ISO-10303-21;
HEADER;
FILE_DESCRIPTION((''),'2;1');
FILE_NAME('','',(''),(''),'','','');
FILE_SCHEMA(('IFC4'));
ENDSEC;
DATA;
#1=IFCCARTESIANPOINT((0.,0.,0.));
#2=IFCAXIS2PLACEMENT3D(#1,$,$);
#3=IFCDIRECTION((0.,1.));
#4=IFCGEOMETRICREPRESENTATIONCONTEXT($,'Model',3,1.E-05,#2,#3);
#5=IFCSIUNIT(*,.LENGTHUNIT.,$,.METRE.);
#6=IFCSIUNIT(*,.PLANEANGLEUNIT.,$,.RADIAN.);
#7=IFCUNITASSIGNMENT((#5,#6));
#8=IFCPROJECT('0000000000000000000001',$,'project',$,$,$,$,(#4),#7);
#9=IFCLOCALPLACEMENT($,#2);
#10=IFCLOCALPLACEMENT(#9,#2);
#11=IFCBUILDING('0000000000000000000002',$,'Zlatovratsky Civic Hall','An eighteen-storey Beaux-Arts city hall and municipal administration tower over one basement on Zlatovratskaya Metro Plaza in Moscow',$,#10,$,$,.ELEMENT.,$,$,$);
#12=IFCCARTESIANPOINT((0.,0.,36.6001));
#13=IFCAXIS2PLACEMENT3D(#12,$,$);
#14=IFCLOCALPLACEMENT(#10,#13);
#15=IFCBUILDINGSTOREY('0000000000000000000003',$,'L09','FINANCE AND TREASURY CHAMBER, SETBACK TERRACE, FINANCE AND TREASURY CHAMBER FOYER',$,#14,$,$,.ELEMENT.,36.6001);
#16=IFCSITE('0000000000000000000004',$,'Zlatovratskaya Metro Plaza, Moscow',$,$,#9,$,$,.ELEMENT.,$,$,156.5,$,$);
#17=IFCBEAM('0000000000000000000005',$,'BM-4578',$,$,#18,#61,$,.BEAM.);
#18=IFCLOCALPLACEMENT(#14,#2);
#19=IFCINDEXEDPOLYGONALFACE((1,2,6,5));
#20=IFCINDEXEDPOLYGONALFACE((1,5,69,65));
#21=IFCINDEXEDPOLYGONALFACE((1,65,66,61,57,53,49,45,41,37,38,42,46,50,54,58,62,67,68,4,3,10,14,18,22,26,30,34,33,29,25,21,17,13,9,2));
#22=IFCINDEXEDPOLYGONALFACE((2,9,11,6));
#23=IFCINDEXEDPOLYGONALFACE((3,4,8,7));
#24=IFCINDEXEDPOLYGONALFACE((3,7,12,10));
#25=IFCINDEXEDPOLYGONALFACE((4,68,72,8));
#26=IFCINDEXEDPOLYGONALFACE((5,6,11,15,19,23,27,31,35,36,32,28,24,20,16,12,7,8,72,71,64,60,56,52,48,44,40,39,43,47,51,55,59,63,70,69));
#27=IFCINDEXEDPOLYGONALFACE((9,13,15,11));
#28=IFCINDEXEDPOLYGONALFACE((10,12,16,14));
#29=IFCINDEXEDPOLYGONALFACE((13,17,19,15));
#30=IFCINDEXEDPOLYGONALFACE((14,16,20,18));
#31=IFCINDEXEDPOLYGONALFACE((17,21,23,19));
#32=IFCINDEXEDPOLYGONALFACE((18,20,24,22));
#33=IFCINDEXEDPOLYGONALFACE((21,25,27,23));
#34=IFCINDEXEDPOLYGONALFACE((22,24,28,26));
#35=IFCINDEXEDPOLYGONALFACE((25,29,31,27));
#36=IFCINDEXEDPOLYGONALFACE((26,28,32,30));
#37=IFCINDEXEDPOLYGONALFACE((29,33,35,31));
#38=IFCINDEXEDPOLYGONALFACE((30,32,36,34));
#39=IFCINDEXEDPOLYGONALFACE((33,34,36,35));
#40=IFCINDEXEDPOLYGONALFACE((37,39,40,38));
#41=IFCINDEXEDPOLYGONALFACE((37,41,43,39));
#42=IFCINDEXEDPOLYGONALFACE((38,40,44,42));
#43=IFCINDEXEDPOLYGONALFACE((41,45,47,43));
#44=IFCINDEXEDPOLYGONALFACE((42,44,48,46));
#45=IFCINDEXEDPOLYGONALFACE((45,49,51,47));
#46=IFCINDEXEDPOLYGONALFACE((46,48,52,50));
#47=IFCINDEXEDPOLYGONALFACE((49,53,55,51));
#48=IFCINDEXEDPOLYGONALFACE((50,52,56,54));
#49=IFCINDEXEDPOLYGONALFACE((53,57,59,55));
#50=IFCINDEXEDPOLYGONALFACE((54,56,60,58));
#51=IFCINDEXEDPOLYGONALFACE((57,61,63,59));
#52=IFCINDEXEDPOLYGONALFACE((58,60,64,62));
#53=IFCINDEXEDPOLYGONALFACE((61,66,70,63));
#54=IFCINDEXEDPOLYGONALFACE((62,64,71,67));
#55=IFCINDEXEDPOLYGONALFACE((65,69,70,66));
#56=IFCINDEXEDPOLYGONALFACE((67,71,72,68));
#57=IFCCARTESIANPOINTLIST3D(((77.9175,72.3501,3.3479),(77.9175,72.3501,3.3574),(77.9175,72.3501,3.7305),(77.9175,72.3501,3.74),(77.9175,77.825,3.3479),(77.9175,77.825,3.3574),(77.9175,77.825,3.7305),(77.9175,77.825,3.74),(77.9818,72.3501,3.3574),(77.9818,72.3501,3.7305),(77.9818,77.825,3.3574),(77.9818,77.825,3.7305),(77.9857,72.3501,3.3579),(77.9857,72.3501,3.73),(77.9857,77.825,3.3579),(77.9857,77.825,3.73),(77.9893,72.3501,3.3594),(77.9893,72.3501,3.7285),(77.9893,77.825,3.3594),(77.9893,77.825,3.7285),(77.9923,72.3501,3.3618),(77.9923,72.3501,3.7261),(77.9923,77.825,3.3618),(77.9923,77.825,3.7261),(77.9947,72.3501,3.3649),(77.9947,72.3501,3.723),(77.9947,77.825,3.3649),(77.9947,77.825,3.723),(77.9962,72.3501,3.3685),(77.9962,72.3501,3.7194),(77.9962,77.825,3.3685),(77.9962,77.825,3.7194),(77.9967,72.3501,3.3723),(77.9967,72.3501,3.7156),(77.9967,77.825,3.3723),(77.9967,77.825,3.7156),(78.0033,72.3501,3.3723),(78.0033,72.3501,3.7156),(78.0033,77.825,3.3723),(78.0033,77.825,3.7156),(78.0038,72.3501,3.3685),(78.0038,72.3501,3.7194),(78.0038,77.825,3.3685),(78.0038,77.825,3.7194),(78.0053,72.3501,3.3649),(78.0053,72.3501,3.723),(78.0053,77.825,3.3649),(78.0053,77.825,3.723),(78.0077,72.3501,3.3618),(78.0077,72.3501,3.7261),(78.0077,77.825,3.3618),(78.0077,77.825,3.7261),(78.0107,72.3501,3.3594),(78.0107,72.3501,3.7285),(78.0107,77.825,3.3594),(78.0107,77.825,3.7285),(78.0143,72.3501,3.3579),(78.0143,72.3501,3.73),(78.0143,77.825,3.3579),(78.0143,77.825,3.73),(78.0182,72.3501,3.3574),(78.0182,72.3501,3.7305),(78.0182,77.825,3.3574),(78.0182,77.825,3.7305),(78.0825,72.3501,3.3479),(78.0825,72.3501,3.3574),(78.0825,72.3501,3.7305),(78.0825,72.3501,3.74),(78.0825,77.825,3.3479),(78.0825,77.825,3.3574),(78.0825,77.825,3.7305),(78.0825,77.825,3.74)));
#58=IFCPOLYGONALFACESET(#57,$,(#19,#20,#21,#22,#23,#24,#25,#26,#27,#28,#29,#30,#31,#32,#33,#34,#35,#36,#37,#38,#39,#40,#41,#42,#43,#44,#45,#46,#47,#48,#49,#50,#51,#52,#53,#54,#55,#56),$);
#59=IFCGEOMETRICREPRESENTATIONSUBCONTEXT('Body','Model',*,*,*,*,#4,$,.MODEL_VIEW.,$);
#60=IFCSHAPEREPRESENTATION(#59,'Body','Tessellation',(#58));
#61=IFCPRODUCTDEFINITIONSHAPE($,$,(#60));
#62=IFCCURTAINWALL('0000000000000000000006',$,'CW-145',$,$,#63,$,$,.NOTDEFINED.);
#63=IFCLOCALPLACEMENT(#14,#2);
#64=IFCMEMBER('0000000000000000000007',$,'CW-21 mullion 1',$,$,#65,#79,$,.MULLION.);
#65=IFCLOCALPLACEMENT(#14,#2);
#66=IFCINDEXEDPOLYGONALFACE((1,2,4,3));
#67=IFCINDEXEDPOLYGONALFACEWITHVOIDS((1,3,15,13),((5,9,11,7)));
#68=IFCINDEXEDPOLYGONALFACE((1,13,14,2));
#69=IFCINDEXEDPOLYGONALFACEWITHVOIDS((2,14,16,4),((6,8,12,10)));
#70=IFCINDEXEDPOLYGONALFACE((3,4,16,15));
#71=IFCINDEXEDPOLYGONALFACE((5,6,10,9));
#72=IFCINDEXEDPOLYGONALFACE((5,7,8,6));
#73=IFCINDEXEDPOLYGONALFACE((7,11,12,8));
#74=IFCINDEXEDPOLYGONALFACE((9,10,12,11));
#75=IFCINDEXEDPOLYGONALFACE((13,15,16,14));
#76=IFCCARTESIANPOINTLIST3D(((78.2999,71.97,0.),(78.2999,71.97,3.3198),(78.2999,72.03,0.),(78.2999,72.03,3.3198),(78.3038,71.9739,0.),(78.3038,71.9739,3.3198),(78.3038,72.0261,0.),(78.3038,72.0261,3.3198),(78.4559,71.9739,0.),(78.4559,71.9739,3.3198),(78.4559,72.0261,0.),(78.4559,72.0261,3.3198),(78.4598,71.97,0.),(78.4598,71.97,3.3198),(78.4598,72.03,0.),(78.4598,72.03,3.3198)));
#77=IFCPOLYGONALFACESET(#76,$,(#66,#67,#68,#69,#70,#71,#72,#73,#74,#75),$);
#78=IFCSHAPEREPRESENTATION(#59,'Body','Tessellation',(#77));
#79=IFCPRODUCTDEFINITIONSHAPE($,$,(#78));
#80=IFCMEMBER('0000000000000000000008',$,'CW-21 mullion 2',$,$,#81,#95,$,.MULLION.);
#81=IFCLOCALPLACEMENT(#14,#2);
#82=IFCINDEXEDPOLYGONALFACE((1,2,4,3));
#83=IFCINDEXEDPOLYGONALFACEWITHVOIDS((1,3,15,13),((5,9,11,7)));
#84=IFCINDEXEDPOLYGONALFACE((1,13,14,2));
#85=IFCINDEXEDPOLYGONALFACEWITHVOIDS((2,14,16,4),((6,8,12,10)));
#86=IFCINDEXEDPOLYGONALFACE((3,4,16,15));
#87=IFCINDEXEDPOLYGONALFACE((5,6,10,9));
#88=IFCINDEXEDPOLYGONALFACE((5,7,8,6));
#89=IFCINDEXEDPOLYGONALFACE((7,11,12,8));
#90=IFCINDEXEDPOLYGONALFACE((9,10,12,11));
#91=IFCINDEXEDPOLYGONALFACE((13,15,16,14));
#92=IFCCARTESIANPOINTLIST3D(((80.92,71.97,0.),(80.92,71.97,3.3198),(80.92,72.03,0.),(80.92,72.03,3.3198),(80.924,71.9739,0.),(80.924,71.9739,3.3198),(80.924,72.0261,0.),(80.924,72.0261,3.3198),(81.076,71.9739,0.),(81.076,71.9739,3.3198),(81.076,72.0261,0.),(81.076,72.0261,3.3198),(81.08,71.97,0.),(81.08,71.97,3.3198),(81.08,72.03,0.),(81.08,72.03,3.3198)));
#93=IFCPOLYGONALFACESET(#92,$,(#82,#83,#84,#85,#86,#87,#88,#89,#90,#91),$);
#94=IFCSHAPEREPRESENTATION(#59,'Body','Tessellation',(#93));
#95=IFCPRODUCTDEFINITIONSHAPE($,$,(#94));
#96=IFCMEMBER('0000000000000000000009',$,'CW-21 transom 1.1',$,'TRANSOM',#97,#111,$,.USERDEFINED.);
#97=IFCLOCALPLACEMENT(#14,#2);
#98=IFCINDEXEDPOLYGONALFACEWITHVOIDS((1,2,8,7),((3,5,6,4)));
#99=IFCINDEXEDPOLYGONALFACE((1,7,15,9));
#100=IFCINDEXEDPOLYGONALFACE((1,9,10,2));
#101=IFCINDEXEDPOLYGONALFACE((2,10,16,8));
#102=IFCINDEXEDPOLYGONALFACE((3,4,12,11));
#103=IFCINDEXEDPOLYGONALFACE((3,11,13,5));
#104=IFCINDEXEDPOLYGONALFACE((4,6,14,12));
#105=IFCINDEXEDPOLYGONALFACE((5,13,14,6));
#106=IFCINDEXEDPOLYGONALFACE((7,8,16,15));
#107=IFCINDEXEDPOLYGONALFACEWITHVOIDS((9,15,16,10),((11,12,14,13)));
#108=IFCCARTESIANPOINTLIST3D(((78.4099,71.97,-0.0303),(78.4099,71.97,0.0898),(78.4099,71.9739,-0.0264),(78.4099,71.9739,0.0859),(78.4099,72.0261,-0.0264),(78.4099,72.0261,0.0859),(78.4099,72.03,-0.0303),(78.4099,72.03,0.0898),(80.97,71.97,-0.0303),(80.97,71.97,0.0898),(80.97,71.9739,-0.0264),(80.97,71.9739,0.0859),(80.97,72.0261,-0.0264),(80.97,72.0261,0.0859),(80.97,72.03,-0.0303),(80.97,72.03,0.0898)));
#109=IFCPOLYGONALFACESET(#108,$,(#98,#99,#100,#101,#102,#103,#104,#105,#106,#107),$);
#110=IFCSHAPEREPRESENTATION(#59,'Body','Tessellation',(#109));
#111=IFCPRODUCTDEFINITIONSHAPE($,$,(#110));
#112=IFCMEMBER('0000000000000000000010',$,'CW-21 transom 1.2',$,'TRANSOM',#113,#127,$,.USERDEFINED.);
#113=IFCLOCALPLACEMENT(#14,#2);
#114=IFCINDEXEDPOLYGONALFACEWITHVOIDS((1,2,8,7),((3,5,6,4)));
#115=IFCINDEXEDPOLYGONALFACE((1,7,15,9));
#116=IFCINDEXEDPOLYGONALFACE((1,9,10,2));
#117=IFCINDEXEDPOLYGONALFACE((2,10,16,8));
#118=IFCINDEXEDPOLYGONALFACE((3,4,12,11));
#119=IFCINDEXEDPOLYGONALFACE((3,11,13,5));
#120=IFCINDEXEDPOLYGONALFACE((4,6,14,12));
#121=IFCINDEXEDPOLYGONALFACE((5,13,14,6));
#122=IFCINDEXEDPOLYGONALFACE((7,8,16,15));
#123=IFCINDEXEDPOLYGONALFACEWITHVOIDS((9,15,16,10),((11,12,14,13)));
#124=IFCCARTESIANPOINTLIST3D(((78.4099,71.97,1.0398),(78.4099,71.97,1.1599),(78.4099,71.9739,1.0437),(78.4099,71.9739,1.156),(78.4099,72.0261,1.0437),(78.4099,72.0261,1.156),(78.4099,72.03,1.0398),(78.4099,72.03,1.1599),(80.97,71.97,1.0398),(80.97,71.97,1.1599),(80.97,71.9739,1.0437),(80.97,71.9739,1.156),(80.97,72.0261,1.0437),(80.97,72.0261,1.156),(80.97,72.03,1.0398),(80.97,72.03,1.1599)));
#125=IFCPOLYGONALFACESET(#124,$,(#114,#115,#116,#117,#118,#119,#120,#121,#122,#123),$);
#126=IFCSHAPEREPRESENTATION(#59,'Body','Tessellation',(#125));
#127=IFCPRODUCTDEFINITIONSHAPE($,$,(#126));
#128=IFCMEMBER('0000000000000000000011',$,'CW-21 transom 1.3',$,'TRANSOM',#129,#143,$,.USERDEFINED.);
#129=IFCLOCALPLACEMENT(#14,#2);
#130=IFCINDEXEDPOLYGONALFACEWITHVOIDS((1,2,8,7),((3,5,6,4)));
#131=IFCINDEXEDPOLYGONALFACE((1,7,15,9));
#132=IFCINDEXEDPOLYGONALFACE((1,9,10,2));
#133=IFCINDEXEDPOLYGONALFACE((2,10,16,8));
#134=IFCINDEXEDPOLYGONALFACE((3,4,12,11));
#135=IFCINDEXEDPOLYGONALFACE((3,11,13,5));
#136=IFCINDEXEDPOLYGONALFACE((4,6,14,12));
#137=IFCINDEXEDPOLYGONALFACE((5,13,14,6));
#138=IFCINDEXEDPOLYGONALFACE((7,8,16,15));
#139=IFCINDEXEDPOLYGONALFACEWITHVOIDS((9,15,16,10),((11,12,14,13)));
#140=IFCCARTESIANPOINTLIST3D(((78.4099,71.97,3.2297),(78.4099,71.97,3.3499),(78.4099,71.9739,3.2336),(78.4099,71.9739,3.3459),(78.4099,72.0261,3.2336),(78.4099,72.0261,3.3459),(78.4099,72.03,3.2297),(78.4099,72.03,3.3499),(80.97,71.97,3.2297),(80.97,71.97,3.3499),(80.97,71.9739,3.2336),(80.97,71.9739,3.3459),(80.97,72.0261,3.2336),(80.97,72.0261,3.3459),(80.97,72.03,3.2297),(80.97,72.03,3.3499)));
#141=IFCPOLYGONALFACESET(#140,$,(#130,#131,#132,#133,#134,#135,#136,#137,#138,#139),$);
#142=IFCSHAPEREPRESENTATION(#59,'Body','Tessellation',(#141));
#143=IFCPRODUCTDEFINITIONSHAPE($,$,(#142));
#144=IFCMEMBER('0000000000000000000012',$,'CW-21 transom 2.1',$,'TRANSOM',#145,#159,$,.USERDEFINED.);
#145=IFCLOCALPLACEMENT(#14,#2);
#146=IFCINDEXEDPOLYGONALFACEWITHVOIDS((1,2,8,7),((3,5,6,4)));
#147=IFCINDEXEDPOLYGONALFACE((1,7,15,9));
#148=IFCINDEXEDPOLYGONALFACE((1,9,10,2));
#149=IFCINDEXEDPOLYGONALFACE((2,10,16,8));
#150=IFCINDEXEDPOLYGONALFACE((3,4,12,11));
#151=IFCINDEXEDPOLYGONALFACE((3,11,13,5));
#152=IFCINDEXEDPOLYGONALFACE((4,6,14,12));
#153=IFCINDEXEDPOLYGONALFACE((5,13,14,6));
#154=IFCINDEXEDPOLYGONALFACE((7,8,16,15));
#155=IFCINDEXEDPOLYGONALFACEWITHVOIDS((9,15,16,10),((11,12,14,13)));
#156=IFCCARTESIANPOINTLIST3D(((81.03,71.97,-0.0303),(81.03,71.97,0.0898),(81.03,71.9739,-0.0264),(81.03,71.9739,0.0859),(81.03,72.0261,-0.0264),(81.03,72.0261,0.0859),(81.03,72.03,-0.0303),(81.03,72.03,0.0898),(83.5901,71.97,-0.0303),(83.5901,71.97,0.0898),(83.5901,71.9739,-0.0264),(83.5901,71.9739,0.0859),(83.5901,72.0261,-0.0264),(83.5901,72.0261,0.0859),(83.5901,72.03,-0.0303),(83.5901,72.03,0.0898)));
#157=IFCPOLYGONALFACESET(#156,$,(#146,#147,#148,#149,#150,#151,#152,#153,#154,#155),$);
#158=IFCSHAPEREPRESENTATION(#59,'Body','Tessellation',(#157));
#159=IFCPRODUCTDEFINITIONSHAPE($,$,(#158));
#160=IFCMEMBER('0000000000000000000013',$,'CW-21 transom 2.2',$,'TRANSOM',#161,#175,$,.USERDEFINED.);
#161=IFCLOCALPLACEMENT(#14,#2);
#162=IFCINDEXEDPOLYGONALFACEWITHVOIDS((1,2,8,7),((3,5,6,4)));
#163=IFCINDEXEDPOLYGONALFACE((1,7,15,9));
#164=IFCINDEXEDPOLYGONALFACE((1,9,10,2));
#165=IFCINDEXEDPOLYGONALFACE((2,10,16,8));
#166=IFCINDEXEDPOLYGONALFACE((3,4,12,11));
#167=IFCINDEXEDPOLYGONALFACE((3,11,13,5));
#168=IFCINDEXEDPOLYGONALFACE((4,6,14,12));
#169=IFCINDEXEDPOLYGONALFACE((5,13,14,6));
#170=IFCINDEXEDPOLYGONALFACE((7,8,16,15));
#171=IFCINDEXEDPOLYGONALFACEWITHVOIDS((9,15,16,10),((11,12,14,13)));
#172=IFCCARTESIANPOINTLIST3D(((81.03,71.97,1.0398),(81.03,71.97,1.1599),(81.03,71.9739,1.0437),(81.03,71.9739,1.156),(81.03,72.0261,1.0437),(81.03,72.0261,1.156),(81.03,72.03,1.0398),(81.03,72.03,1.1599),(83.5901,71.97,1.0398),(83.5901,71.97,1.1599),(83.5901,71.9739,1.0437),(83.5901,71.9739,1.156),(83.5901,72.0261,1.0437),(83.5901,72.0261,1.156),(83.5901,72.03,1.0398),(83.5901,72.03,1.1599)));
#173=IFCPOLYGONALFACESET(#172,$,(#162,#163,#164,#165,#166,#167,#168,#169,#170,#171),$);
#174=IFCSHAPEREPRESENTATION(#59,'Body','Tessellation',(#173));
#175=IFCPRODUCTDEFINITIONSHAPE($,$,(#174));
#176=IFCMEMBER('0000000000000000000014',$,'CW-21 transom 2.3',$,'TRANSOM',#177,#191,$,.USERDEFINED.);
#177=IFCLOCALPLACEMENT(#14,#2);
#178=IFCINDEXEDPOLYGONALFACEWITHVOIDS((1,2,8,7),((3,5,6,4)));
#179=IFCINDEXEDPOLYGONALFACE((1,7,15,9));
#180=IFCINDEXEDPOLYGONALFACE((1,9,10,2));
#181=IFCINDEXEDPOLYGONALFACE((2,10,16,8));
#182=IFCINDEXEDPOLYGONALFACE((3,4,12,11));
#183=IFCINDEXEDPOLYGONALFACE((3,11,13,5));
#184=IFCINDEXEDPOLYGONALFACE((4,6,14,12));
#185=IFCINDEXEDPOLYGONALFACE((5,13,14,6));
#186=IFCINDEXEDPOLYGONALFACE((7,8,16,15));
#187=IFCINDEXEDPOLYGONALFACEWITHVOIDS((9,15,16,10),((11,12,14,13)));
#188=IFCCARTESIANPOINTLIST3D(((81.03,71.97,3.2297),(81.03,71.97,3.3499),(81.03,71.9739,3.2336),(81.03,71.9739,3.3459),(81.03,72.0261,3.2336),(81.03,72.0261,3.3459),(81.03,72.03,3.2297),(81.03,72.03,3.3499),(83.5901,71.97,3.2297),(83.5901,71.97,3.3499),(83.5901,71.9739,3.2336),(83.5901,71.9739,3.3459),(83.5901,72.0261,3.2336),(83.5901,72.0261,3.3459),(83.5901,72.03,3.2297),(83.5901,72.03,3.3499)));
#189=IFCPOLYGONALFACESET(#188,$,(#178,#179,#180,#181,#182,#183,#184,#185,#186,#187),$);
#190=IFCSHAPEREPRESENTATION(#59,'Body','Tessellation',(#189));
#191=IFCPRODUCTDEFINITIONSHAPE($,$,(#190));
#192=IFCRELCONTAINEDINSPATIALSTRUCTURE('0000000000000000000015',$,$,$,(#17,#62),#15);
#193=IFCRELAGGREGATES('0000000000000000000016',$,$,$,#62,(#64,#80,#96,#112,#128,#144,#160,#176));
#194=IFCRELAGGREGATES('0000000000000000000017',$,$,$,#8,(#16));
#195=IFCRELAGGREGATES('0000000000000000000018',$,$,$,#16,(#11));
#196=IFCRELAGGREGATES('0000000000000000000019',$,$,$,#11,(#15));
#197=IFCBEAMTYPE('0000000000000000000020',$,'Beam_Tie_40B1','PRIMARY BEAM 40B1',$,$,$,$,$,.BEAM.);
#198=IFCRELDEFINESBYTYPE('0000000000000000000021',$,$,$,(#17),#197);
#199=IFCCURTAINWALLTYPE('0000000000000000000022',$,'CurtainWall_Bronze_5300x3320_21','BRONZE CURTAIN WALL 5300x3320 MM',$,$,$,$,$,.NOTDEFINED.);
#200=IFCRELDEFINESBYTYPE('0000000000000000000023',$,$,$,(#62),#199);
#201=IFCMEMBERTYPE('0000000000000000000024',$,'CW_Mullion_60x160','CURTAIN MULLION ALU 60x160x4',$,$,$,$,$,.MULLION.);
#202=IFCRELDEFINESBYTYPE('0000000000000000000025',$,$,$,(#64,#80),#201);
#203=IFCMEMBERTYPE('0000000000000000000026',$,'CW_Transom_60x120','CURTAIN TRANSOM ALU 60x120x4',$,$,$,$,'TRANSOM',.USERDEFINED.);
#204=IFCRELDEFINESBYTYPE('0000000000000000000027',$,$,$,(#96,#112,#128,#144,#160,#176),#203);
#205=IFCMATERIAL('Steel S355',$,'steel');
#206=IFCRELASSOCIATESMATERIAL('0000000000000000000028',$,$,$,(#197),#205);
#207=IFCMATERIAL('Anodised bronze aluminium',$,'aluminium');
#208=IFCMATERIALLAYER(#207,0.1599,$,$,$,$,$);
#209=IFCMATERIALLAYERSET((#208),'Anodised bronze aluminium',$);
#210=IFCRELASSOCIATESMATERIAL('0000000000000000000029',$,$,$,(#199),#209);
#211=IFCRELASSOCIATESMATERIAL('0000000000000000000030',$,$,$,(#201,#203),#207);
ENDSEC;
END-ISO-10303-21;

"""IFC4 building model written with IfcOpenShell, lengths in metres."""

from ifc_helpers import new_model, si_unit, direction, frame, origin, origin_2d, place, context, subcontext, project, spatial, hollow_rectangle, i_section, extrude, material, layer, layer_set, material_profile, profile_set, type_object, element, aggregate, save


model = new_model("IFC4")

# Units and contexts
model_context = context("Model", 3, precision=1e-05, world=origin(), true_north=direction((0.0, 1.0)))
body_context = subcontext(model_context, "Body", "Model", "MODEL_VIEW")
ifc_project = project(units=[si_unit("LENGTHUNIT", "METRE"), si_unit("PLANEANGLEUNIT", "RADIAN")], contexts=[model_context])

# Site, building, storey
site_placement = place(None, origin())
site = spatial("IfcSite", under=ifc_project, at=site_placement, Name="Zlatovratskaya Metro Plaza, Moscow", CompositionType="ELEMENT", RefElevation=156.5)
building_placement = place(site_placement, origin())
building = spatial("IfcBuilding", under=site, at=building_placement, Name="Zlatovratsky Civic Hall", Description="An eighteen-storey Beaux-Arts city hall and municipal administration tower over one basement on Zlatovratskaya Metro Plaza in Moscow", CompositionType="ELEMENT")
storey_placement = place(building_placement, frame((0.0, 0.0, 36.6001)))
storey = spatial("IfcBuildingStorey", under=building, at=storey_placement, Name="L09", Description="FINANCE AND TREASURY CHAMBER, SETBACK TERRACE, FINANCE AND TREASURY CHAMBER FOYER", CompositionType="ELEMENT", Elevation=36.6001)

# Beam
ifc_material_1 = material(Name="Steel S355", Category="steel")
ifc_material_profile_1 = material_profile(ifc_material_1, i_section(OverallWidth=0.165, OverallDepth=0.3921, WebThickness=0.0066, FlangeThickness=0.0095, FilletRadius=0.0149, at=origin_2d()), Name="40B1")
ifc_profile_set_1 = profile_set([ifc_material_profile_1], Name="Steel S355")
beam_type_1 = type_object("IfcBeamType", Name="Beam_Tie_40B1", Description="PRIMARY BEAM 40B1", PredefinedType="BEAM", material=ifc_profile_set_1)
for number, where, z_axis, x_axis, name in (
    (1, (78.0, 72.3501, 3.5439), (0.0, 1.0, 0.0), (-1.0, 0.0, 0.0), "BM-4578"),
):
    element("IfcBeam", number, at=place(storey_placement, frame(where, z_axis=z_axis, x_axis=x_axis)), inside=storey, type_object=beam_type_1, Name=name, PredefinedType="BEAM", context=body_context, shape_type="SweptSolid", body=[
        extrude(i_section(OverallWidth=0.165, OverallDepth=0.3921, WebThickness=0.0066, FlangeThickness=0.0095, FilletRadius=0.0149, at=origin_2d()), origin(), (0.0, 0.0, 1.0), 5.4749),
    ])

# Curtain wall, members
ifc_material_2 = material(Name="Anodised bronze aluminium", Category="aluminium")
ifc_layer_1 = layer(ifc_material_2, 0.1599)
ifc_layer_set_1 = layer_set([ifc_layer_1], Name="Anodised bronze aluminium")
curtain_wall_type = type_object("IfcCurtainWallType", Name="CurtainWall_Bronze_5300x3320_21", Description="BRONZE CURTAIN WALL 5300x3320 MM", PredefinedType="NOTDEFINED", material=ifc_layer_set_1)
curtain_wall_placement = place(storey_placement, origin())
curtain_wall = element("IfcCurtainWall", 2, at=curtain_wall_placement, inside=storey, type_object=curtain_wall_type, Name="CW-145", PredefinedType="NOTDEFINED")
ifc_material_profile_2 = material_profile(ifc_material_2, hollow_rectangle(XDim=0.0601, YDim=0.1599, WallThickness=0.0039, at=origin_2d()), Name="ALU 60x160x4")
ifc_profile_set_2 = profile_set([ifc_material_profile_2], Name="Anodised bronze aluminium")
member_type_1 = type_object("IfcMemberType", Name="CW_Mullion_60x160", Description="CURTAIN MULLION ALU 60x160x4", PredefinedType="MULLION", material=ifc_profile_set_2)
member_1_placement = place(storey_placement, frame((78.3799, 72.0, 0.0), z_axis=(0.0, 0.0, 1.0), x_axis=(0.0, 1.0, 0.0)))
member_1 = element("IfcMember", 3, at=member_1_placement, type_object=member_type_1, Name="CW-21 mullion 1", PredefinedType="MULLION", context=body_context, shape_type="SweptSolid", body=[
    extrude(hollow_rectangle(XDim=0.0601, YDim=0.1599, WallThickness=0.0039, at=origin_2d()), origin(), (0.0, 0.0, 1.0), 3.3198),
])
member_2_placement = place(storey_placement, frame((81.0, 72.0, 0.0), z_axis=(0.0, 0.0, 1.0), x_axis=(0.0, 1.0, 0.0)))
member_2 = element("IfcMember", 4, at=member_2_placement, type_object=member_type_1, Name="CW-21 mullion 2", PredefinedType="MULLION", context=body_context, shape_type="SweptSolid", body=[
    extrude(hollow_rectangle(XDim=0.0601, YDim=0.1599, WallThickness=0.0039, at=origin_2d()), origin(), (0.0, 0.0, 1.0), 3.3198),
])
ifc_material_profile_3 = material_profile(ifc_material_2, hollow_rectangle(XDim=0.0601, YDim=0.1201, WallThickness=0.0039, at=origin_2d()), Name="ALU 60x120x4")
ifc_profile_set_3 = profile_set([ifc_material_profile_3], Name="Anodised bronze aluminium")
member_type_2 = type_object("IfcMemberType", Name="CW_Transom_60x120", Description="CURTAIN TRANSOM ALU 60x120x4", ElementType="TRANSOM", PredefinedType="USERDEFINED", material=ifc_profile_set_3)
member_3_placement = place(storey_placement, frame((78.4099, 72.0, 0.0298), z_axis=(1.0, 0.0, 0.0), x_axis=(0.0, 1.0, 0.0)))
member_3 = element("IfcMember", 5, at=member_3_placement, type_object=member_type_2, Name="CW-21 transom 1.1", ObjectType="TRANSOM", PredefinedType="USERDEFINED", context=body_context, shape_type="SweptSolid", body=[
    extrude(hollow_rectangle(XDim=0.0601, YDim=0.1201, WallThickness=0.0039, at=origin_2d()), origin(), (0.0, 0.0, 1.0), 2.5601),
])
member_4_placement = place(storey_placement, frame((78.4099, 72.0, 1.0999), z_axis=(1.0, 0.0, 0.0), x_axis=(0.0, 1.0, 0.0)))
member_4 = element("IfcMember", 6, at=member_4_placement, type_object=member_type_2, Name="CW-21 transom 1.2", ObjectType="TRANSOM", PredefinedType="USERDEFINED", context=body_context, shape_type="SweptSolid", body=[
    extrude(hollow_rectangle(XDim=0.0601, YDim=0.1201, WallThickness=0.0039, at=origin_2d()), origin(), (0.0, 0.0, 1.0), 2.5601),
])
member_5_placement = place(storey_placement, frame((78.4099, 72.0, 3.2898), z_axis=(1.0, 0.0, 0.0), x_axis=(0.0, 1.0, 0.0)))
member_5 = element("IfcMember", 7, at=member_5_placement, type_object=member_type_2, Name="CW-21 transom 1.3", ObjectType="TRANSOM", PredefinedType="USERDEFINED", context=body_context, shape_type="SweptSolid", body=[
    extrude(hollow_rectangle(XDim=0.0601, YDim=0.1201, WallThickness=0.0039, at=origin_2d()), origin(), (0.0, 0.0, 1.0), 2.5601),
])
member_6_placement = place(storey_placement, frame((81.03, 72.0, 0.0298), z_axis=(1.0, 0.0, 0.0), x_axis=(0.0, 1.0, 0.0)))
member_6 = element("IfcMember", 8, at=member_6_placement, type_object=member_type_2, Name="CW-21 transom 2.1", ObjectType="TRANSOM", PredefinedType="USERDEFINED", context=body_context, shape_type="SweptSolid", body=[
    extrude(hollow_rectangle(XDim=0.0601, YDim=0.1201, WallThickness=0.0039, at=origin_2d()), origin(), (0.0, 0.0, 1.0), 2.5601),
])
member_7_placement = place(storey_placement, frame((81.03, 72.0, 1.0999), z_axis=(1.0, 0.0, 0.0), x_axis=(0.0, 1.0, 0.0)))
member_7 = element("IfcMember", 9, at=member_7_placement, type_object=member_type_2, Name="CW-21 transom 2.2", ObjectType="TRANSOM", PredefinedType="USERDEFINED", context=body_context, shape_type="SweptSolid", body=[
    extrude(hollow_rectangle(XDim=0.0601, YDim=0.1201, WallThickness=0.0039, at=origin_2d()), origin(), (0.0, 0.0, 1.0), 2.5601),
])
member_8_placement = place(storey_placement, frame((81.03, 72.0, 3.2898), z_axis=(1.0, 0.0, 0.0), x_axis=(0.0, 1.0, 0.0)))
member_8 = element("IfcMember", 10, at=member_8_placement, type_object=member_type_2, Name="CW-21 transom 2.3", ObjectType="TRANSOM", PredefinedType="USERDEFINED", context=body_context, shape_type="SweptSolid", body=[
    extrude(hollow_rectangle(XDim=0.0601, YDim=0.1201, WallThickness=0.0039, at=origin_2d()), origin(), (0.0, 0.0, 1.0), 2.5601),
])
aggregate(curtain_wall, [member_1, member_2, member_3, member_4, member_5, member_6, member_7, member_8])

save(model, "model.ifc")
